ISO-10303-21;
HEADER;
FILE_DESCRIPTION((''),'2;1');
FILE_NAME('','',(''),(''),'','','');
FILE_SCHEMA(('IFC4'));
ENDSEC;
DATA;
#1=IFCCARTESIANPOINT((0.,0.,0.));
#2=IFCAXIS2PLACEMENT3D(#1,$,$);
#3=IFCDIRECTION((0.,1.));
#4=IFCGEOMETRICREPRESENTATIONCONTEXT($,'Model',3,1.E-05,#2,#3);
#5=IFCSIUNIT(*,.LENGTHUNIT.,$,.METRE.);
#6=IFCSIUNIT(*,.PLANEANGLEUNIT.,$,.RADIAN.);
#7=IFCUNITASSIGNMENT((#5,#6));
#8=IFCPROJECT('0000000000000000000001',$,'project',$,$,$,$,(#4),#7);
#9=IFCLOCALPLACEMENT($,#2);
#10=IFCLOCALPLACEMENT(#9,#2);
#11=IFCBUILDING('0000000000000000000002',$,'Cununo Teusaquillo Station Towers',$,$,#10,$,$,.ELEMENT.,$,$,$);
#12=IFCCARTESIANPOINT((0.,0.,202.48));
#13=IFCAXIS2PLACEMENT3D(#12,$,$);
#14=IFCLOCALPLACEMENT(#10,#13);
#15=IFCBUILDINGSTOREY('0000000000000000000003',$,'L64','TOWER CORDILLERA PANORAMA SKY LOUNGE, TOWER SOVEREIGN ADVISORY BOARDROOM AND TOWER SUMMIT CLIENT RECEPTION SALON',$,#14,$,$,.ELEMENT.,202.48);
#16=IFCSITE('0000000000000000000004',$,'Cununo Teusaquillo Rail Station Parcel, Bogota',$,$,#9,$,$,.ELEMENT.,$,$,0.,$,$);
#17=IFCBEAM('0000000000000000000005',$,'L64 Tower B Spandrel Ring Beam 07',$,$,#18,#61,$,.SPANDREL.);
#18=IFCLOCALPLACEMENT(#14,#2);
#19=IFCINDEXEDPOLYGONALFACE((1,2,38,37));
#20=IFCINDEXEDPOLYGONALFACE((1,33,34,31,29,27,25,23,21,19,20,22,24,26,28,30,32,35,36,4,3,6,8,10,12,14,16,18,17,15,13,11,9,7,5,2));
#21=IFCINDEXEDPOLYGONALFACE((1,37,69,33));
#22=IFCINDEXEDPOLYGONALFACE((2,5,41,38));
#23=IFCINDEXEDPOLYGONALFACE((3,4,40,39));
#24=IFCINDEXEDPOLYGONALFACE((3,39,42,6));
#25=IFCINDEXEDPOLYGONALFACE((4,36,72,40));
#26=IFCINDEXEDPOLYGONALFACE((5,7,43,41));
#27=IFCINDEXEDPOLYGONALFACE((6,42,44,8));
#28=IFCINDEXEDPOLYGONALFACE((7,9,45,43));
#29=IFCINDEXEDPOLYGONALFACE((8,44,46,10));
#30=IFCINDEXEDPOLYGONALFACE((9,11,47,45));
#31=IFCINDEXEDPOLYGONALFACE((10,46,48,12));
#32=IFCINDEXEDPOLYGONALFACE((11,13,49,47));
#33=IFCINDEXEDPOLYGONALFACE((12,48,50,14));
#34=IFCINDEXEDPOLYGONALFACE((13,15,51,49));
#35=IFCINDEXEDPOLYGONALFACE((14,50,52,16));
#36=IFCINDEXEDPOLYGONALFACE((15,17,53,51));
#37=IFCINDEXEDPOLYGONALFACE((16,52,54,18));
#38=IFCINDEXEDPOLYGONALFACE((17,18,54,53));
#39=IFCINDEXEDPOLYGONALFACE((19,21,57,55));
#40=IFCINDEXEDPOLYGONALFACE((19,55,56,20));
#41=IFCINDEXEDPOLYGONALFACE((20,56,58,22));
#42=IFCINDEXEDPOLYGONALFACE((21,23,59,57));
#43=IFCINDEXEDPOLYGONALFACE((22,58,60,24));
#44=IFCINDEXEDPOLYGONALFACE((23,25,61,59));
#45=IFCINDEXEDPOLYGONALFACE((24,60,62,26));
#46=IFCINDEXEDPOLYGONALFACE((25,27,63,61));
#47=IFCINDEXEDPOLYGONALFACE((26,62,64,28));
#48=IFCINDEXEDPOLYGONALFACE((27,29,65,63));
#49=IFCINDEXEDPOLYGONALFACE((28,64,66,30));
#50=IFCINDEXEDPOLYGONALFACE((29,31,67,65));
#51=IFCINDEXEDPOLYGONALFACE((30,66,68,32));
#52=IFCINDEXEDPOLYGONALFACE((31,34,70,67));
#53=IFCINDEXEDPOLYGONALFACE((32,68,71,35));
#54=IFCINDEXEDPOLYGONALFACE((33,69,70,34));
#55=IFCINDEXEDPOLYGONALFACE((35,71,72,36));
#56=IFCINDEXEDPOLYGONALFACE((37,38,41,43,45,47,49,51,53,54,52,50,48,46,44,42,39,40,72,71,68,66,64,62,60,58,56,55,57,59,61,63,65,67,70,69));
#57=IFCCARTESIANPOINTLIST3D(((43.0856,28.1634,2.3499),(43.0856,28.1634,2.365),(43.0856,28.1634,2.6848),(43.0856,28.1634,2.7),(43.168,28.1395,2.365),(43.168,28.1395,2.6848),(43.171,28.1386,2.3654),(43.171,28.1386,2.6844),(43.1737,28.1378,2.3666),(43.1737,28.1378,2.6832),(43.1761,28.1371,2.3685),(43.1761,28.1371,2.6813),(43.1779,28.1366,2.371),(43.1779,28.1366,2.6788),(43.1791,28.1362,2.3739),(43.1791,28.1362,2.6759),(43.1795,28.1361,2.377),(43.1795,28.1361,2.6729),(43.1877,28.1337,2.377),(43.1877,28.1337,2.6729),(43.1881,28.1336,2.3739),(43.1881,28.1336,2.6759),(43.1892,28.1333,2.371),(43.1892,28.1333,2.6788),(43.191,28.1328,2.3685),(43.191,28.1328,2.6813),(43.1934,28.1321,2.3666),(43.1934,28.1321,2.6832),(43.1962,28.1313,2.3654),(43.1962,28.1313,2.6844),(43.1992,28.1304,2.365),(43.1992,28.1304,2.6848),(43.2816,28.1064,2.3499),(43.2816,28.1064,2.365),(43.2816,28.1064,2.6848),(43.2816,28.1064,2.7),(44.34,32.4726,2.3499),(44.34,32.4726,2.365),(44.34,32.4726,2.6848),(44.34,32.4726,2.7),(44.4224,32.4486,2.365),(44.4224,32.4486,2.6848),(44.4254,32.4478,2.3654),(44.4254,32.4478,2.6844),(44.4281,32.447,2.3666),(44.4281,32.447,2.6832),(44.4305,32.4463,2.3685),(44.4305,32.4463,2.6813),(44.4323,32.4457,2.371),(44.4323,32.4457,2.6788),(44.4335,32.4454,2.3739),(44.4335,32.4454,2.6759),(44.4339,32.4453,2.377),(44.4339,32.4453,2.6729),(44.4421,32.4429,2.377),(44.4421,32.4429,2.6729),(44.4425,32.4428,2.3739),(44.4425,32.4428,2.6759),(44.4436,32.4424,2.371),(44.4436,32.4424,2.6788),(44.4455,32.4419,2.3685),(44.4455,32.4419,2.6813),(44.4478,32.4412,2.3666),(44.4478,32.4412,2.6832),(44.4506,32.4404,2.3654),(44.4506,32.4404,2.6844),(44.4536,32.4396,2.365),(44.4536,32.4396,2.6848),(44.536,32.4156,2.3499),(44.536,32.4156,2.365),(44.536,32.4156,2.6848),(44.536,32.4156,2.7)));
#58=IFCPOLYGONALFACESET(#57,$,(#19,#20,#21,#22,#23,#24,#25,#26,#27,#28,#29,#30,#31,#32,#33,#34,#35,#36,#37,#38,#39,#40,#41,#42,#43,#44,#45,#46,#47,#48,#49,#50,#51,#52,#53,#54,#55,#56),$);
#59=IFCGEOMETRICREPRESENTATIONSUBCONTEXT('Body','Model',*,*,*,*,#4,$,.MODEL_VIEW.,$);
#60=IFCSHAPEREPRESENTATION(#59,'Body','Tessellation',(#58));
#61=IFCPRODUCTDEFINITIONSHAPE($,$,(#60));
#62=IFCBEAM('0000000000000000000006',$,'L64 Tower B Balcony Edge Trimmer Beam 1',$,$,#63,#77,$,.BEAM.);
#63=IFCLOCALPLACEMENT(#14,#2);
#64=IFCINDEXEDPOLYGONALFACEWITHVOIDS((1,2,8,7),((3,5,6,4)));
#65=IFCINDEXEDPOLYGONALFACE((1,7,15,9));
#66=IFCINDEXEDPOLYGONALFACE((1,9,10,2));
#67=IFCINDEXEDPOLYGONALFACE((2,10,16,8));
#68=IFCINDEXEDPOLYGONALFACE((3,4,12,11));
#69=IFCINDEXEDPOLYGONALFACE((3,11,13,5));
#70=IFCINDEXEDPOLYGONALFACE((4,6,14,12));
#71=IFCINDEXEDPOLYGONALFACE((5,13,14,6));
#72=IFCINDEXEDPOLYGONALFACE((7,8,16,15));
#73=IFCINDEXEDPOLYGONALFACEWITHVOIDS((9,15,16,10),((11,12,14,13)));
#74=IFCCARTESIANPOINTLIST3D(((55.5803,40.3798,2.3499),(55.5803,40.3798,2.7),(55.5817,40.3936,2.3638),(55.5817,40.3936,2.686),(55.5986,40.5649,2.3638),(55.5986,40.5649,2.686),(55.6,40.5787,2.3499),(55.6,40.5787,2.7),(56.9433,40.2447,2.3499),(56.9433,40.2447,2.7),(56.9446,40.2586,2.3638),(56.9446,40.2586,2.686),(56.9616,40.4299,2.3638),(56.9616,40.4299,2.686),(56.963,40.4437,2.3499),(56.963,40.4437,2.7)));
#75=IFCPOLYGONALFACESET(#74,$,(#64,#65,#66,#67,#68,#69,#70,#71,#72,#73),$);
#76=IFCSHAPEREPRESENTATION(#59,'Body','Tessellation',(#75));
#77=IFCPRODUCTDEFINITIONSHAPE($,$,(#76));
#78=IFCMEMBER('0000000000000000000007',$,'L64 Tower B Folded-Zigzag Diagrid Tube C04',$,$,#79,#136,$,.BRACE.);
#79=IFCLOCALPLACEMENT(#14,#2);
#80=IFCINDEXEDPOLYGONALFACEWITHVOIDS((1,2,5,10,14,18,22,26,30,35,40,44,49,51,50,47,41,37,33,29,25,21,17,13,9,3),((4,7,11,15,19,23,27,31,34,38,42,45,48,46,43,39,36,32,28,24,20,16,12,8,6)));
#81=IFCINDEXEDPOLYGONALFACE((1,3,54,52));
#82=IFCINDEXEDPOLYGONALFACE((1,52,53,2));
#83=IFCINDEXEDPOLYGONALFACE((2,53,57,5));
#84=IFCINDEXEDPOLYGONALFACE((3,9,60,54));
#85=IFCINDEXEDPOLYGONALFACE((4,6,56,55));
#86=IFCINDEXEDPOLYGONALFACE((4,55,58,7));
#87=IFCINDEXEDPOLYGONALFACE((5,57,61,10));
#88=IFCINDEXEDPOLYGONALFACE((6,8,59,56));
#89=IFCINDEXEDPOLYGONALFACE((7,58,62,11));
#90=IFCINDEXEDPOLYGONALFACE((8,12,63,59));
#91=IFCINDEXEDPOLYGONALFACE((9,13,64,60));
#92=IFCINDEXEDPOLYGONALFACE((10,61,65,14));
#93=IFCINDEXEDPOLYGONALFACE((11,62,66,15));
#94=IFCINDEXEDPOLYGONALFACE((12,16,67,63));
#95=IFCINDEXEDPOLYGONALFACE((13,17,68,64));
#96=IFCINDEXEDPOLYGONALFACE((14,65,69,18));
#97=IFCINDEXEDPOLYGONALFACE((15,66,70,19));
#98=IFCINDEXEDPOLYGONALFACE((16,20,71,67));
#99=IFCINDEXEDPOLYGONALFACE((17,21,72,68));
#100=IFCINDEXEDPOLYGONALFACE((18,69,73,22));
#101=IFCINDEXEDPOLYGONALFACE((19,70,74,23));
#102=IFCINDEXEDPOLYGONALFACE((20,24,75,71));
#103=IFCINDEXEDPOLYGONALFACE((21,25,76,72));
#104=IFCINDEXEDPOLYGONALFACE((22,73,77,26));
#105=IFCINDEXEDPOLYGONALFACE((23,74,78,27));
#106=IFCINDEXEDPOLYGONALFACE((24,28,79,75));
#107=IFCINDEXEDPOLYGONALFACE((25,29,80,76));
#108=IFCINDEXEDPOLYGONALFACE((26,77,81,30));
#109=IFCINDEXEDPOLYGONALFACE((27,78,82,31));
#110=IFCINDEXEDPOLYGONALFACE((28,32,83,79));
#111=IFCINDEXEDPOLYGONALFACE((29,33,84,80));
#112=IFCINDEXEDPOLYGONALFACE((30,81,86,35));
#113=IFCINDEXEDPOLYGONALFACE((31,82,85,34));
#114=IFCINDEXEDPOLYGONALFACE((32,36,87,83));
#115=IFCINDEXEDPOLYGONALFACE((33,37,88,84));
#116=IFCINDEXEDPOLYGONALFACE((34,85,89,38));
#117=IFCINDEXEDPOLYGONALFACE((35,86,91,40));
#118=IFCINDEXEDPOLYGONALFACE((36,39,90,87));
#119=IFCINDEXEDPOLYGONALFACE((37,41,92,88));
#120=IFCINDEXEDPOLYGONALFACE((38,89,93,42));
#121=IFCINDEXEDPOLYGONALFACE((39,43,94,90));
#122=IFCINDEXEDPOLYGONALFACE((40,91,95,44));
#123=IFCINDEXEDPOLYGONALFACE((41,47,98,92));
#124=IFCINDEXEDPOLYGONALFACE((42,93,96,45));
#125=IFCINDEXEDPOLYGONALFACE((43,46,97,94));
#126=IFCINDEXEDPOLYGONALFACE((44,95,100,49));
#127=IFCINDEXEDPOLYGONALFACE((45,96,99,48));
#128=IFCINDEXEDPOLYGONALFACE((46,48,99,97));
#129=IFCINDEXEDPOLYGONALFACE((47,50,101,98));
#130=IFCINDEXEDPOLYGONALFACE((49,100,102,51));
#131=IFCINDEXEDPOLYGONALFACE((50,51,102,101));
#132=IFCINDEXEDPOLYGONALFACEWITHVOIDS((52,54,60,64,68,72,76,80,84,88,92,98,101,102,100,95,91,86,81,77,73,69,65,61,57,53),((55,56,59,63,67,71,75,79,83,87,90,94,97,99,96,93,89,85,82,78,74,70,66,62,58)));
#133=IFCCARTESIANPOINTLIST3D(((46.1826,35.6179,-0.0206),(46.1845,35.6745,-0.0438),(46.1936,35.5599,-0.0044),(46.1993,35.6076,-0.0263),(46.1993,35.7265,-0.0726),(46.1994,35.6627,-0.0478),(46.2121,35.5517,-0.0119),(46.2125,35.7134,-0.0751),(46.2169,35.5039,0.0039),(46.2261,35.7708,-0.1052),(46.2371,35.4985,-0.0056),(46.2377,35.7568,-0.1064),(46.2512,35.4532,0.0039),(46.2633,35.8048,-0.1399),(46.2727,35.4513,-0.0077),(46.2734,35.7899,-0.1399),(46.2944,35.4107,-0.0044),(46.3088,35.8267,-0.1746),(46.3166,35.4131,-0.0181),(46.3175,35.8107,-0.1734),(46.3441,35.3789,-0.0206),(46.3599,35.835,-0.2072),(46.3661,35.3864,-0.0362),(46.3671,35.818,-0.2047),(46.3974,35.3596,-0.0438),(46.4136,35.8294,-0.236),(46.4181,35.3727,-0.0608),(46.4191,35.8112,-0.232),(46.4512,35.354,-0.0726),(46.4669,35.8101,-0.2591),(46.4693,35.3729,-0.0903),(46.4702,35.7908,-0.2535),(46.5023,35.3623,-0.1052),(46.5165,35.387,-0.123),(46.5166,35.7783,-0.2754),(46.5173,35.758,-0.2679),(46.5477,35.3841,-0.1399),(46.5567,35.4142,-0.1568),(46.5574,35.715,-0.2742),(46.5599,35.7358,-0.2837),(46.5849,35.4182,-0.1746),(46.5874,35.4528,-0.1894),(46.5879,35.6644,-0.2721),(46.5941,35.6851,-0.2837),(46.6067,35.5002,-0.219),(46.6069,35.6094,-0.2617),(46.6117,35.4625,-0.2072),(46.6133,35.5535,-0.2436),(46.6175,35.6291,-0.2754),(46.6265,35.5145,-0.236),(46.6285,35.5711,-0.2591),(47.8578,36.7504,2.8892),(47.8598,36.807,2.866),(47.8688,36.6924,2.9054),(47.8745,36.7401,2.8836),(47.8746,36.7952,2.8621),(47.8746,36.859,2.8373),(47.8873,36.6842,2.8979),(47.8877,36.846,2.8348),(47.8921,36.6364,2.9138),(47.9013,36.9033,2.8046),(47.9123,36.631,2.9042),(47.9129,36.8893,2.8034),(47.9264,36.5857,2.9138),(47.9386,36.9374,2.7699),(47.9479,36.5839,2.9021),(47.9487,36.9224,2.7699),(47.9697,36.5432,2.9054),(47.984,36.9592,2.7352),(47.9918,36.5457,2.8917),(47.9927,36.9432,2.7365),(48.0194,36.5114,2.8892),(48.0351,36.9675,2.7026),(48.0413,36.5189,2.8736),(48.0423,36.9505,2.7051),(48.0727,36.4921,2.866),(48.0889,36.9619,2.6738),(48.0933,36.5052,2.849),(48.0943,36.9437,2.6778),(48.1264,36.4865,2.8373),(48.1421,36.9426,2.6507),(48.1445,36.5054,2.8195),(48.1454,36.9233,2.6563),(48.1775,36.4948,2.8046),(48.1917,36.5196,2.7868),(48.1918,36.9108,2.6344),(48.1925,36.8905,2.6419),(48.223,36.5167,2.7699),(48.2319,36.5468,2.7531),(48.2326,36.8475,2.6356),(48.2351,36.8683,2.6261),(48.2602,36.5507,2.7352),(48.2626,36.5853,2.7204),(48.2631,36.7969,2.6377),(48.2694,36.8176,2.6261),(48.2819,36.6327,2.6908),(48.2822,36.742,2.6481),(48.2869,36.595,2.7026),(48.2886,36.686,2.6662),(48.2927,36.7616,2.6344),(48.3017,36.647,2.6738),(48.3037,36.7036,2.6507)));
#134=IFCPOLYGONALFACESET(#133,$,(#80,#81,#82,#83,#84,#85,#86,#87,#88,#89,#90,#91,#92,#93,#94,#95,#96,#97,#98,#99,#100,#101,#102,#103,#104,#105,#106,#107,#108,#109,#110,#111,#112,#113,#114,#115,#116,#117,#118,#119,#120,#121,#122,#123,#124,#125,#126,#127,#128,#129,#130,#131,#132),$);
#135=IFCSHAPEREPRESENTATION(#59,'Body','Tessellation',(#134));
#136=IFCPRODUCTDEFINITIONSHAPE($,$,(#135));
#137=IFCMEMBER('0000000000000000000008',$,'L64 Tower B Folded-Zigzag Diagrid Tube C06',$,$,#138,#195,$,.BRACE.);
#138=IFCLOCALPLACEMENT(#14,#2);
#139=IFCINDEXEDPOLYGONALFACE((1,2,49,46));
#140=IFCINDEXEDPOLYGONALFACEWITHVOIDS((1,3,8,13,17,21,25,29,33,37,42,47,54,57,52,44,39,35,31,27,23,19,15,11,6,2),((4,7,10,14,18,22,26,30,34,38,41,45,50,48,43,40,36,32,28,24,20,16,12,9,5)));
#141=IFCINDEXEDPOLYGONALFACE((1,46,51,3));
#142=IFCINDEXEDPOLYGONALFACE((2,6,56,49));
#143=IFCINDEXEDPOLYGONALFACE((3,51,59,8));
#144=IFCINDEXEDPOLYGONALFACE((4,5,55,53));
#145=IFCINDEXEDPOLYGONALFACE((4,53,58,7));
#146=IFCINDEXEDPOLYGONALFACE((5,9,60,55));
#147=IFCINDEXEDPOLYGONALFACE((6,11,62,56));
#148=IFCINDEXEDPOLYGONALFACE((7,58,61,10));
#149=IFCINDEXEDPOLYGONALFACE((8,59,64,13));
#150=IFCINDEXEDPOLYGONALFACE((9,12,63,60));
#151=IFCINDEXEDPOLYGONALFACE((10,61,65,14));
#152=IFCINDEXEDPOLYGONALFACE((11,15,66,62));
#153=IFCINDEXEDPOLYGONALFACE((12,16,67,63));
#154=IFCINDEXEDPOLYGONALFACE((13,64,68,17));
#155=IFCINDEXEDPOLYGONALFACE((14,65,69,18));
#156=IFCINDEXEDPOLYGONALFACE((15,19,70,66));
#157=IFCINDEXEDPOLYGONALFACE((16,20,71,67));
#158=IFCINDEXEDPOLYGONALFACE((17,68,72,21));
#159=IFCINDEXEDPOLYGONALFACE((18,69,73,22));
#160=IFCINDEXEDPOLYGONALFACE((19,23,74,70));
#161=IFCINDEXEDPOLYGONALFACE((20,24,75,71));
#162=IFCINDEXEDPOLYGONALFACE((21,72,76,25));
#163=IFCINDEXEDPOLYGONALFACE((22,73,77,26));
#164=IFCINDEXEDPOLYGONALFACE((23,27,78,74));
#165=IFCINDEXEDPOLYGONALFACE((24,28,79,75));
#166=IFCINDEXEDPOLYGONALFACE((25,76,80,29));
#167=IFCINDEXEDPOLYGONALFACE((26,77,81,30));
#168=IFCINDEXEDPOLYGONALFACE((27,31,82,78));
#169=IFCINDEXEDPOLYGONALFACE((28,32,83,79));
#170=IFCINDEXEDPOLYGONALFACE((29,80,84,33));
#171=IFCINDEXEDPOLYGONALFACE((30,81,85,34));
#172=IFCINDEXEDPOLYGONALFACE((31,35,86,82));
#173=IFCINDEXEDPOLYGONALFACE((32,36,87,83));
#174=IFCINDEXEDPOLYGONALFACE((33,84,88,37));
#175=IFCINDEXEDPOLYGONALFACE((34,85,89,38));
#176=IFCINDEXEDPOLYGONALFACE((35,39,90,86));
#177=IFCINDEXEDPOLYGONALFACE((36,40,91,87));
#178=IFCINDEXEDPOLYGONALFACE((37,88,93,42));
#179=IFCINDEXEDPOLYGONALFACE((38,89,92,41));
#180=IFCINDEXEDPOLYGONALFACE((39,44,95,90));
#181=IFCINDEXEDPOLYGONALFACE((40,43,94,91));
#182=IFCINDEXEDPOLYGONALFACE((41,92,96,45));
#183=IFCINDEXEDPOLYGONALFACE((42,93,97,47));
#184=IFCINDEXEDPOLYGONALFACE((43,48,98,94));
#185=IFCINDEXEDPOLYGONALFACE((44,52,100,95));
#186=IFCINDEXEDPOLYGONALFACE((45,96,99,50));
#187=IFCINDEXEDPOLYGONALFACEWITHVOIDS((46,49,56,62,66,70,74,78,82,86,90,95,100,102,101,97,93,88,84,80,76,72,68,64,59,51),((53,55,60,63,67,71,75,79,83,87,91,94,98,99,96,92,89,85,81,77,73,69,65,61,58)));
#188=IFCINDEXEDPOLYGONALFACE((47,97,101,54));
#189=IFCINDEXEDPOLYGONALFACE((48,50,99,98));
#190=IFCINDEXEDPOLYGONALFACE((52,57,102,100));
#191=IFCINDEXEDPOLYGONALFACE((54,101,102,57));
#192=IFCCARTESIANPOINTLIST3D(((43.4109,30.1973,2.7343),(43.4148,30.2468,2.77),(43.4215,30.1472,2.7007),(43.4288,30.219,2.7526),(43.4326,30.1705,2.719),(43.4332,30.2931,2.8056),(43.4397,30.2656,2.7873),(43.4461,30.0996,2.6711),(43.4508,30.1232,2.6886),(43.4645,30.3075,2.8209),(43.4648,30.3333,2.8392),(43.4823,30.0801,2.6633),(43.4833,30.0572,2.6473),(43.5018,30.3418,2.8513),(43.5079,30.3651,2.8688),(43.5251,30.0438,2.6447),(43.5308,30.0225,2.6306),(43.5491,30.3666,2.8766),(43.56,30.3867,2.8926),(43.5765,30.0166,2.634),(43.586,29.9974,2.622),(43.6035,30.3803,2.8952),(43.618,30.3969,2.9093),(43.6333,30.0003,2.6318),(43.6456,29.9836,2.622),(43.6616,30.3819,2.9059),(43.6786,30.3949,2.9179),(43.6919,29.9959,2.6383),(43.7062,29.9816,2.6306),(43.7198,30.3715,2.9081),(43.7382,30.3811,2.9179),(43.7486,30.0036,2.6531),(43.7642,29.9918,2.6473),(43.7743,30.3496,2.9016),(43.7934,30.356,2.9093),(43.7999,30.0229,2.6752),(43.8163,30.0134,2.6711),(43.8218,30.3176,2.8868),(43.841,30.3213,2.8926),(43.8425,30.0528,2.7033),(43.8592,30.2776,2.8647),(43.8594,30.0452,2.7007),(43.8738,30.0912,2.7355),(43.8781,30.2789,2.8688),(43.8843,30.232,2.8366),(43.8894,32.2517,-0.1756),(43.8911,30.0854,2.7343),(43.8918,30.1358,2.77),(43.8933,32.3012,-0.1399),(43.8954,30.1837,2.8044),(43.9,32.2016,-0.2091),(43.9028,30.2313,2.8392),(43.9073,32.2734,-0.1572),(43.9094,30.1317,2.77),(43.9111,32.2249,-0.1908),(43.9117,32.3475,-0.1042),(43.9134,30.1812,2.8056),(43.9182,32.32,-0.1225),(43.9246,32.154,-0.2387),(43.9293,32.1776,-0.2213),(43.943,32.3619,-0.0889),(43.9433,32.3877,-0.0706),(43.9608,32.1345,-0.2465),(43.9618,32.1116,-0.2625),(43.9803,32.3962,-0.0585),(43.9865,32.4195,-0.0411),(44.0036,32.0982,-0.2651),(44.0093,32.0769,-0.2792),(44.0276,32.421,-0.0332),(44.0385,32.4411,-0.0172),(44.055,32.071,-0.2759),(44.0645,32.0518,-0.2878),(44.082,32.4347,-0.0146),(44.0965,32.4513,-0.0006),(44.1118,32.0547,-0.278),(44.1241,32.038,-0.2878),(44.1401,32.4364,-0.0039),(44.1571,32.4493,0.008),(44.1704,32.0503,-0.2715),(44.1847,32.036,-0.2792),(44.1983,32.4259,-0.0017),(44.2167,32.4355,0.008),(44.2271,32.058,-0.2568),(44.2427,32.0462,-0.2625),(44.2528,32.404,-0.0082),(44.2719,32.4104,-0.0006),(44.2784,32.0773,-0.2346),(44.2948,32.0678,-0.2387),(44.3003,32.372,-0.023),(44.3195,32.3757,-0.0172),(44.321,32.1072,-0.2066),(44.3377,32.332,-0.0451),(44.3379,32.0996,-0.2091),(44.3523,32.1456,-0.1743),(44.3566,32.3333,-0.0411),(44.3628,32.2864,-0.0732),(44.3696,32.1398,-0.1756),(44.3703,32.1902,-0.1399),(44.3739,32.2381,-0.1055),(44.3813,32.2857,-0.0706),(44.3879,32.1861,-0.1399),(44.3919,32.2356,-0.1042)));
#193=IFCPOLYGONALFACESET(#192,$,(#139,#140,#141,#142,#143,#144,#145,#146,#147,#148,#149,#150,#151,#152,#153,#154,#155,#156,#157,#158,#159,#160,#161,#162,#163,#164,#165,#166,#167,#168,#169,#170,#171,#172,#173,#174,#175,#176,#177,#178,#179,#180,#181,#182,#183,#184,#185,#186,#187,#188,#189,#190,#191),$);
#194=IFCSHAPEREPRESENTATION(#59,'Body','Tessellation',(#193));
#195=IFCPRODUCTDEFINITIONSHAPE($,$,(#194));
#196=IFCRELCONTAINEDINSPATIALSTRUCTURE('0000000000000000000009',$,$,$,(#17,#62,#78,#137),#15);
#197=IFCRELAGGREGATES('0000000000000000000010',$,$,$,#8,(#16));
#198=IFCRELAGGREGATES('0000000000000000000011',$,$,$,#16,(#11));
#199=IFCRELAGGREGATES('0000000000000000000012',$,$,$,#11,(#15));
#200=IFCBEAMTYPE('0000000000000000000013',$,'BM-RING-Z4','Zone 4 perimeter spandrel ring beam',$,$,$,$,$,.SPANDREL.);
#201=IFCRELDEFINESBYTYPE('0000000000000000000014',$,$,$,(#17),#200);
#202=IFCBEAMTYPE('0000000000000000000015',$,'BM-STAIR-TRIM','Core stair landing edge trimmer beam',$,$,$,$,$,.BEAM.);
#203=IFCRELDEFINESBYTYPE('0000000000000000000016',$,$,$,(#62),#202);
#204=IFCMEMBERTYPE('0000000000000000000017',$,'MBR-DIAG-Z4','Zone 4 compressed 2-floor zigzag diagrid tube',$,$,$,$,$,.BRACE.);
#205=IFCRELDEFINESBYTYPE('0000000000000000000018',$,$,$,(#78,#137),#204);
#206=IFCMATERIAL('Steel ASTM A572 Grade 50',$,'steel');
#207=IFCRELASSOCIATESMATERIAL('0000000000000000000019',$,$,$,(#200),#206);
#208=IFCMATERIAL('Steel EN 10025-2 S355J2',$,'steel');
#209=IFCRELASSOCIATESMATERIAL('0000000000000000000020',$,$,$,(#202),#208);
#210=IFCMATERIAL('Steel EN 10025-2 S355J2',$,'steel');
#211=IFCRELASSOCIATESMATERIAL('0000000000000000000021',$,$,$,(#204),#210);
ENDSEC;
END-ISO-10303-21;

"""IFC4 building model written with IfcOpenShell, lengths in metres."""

from ifc_helpers import new_model, si_unit, direction, frame, origin, origin_2d, place, context, subcontext, project, spatial, hollow_rectangle, hollow_circle, i_section, extrude, material, material_profile, profile_set, type_object, element, save


model = new_model("IFC4")

# Units and contexts
model_context = context("Model", 3, precision=1e-05, world=origin(), true_north=direction((0.0, 1.0)))
body_context = subcontext(model_context, "Body", "Model", "MODEL_VIEW")
ifc_project = project(units=[si_unit("LENGTHUNIT", "METRE"), si_unit("PLANEANGLEUNIT", "RADIAN")], contexts=[model_context])

# Site, building, storey
site_placement = place(None, origin())
site = spatial("IfcSite", under=ifc_project, at=site_placement, Name="Cununo Teusaquillo Rail Station Parcel, Bogota", CompositionType="ELEMENT", RefElevation=0.0)
building_placement = place(site_placement, origin())
building = spatial("IfcBuilding", under=site, at=building_placement, Name="Cununo Teusaquillo Station Towers", CompositionType="ELEMENT")
storey_placement = place(building_placement, frame((0.0, 0.0, 202.48)))
storey = spatial("IfcBuildingStorey", under=building, at=storey_placement, Name="L64", Description="TOWER CORDILLERA PANORAMA SKY LOUNGE, TOWER SOVEREIGN ADVISORY BOARDROOM AND TOWER SUMMIT CLIENT RECEPTION SALON", CompositionType="ELEMENT", Elevation=202.48)

# Beams
ifc_material_1 = material(Name="Steel ASTM A572 Grade 50", Category="steel")
ifc_material_profile_1 = material_profile(ifc_material_1, i_section(OverallWidth=0.2041, OverallDepth=0.3501, WebThickness=0.0085, FlangeThickness=0.0151, FilletRadius=0.012, at=origin_2d()), Name="W14X48")
ifc_profile_set_1 = profile_set([ifc_material_profile_1], Name="Steel ASTM A572 Grade 50")
beam_type_1 = type_object("IfcBeamType", Name="BM-RING-Z4", Description="Zone 4 perimeter spandrel ring beam", PredefinedType="SPANDREL", material=ifc_profile_set_1)
beam_1_placement = place(storey_placement, frame((44.438, 32.4441, 2.5249), z_axis=(-0.279503, -0.960145, 0.0), x_axis=(0.960145, -0.279503, 0.0)))
element("IfcBeam", 1, at=beam_1_placement, inside=storey, type_object=beam_type_1, Name="L64 Tower B Spandrel Ring Beam 07", PredefinedType="SPANDREL", context=body_context, shape_type="SweptSolid", body=[
    extrude(i_section(OverallWidth=0.2041, OverallDepth=0.3501, WebThickness=0.0085, FlangeThickness=0.0151, FilletRadius=0.012, at=origin_2d()), origin(), (0.0, 0.0, 1.0), 4.488),
])
ifc_material_2 = material(Name="Steel EN 10025-2 S355J2", Category="steel")
ifc_material_profile_2 = material_profile(ifc_material_2, hollow_rectangle(XDim=0.2, YDim=0.3501, WallThickness=0.0139, at=origin_2d()), Name="RHS 350x200x14")
ifc_profile_set_2 = profile_set([ifc_material_profile_2], Name="Steel EN 10025-2 S355J2")
beam_type_2 = type_object("IfcBeamType", Name="BM-STAIR-TRIM", Description="Core stair landing edge trimmer beam", PredefinedType="BEAM", material=ifc_profile_set_2)
beam_2_placement = place(storey_placement, frame((56.9531, 40.3442, 2.5249), z_axis=(-0.99513, 0.098568, 0.0), x_axis=(-0.098568, -0.99513, 0.0)))
element("IfcBeam", 2, at=beam_2_placement, inside=storey, type_object=beam_type_2, Name="L64 Tower B Balcony Edge Trimmer Beam 1", PredefinedType="BEAM", context=body_context, shape_type="SweptSolid", body=[
    extrude(hollow_rectangle(XDim=0.2, YDim=0.3501, WallThickness=0.0139, at=origin_2d()), origin(), (0.0, 0.0, 1.0), 1.3696),
])

# Members
ifc_material_3 = material(Name="Steel EN 10025-2 S355J2", Category="steel")
ifc_material_profile_3 = material_profile(ifc_material_3, hollow_circle(Radius=0.2539, WallThickness=0.0181, at=origin_2d()), Name="CHS 508x18")
ifc_profile_set_3 = profile_set([ifc_material_profile_3], Name="Steel EN 10025-2 S355J2")
member_type = type_object("IfcMemberType", Name="MBR-DIAG-Z4", Description="Zone 4 compressed 2-floor zigzag diagrid tube", PredefinedType="BRACE", material=ifc_profile_set_3)
member_1_placement = place(storey_placement, frame((46.4055, 35.5945, -0.1399), z_axis=(0.472769, 0.319612, 0.82118), x_axis=(-0.560066, 0.828448, 0.0)))
element("IfcMember", 3, at=member_1_placement, inside=storey, type_object=member_type, Name="L64 Tower B Folded-Zigzag Diagrid Tube C04", PredefinedType="BRACE", context=body_context, shape_type="SweptSolid", body=[
    extrude(hollow_circle(Radius=0.2539, WallThickness=0.0181, at=origin_2d()), origin(), (0.0, 0.0, 1.0), 3.5435),
])
member_2_placement = place(storey_placement, frame((44.1406, 32.2437, -0.1399), z_axis=(-0.133141, -0.571621, 0.809644), x_axis=(0.973931, -0.226845, 0.0)))
element("IfcMember", 4, at=member_2_placement, inside=storey, type_object=member_type, Name="L64 Tower B Folded-Zigzag Diagrid Tube C06", PredefinedType="BRACE", context=body_context, shape_type="SweptSolid", body=[
    extrude(hollow_circle(Radius=0.2539, WallThickness=0.0181, at=origin_2d()), origin(), (0.0, 0.0, 1.0), 3.594),
])

save(model, "model.ifc")
